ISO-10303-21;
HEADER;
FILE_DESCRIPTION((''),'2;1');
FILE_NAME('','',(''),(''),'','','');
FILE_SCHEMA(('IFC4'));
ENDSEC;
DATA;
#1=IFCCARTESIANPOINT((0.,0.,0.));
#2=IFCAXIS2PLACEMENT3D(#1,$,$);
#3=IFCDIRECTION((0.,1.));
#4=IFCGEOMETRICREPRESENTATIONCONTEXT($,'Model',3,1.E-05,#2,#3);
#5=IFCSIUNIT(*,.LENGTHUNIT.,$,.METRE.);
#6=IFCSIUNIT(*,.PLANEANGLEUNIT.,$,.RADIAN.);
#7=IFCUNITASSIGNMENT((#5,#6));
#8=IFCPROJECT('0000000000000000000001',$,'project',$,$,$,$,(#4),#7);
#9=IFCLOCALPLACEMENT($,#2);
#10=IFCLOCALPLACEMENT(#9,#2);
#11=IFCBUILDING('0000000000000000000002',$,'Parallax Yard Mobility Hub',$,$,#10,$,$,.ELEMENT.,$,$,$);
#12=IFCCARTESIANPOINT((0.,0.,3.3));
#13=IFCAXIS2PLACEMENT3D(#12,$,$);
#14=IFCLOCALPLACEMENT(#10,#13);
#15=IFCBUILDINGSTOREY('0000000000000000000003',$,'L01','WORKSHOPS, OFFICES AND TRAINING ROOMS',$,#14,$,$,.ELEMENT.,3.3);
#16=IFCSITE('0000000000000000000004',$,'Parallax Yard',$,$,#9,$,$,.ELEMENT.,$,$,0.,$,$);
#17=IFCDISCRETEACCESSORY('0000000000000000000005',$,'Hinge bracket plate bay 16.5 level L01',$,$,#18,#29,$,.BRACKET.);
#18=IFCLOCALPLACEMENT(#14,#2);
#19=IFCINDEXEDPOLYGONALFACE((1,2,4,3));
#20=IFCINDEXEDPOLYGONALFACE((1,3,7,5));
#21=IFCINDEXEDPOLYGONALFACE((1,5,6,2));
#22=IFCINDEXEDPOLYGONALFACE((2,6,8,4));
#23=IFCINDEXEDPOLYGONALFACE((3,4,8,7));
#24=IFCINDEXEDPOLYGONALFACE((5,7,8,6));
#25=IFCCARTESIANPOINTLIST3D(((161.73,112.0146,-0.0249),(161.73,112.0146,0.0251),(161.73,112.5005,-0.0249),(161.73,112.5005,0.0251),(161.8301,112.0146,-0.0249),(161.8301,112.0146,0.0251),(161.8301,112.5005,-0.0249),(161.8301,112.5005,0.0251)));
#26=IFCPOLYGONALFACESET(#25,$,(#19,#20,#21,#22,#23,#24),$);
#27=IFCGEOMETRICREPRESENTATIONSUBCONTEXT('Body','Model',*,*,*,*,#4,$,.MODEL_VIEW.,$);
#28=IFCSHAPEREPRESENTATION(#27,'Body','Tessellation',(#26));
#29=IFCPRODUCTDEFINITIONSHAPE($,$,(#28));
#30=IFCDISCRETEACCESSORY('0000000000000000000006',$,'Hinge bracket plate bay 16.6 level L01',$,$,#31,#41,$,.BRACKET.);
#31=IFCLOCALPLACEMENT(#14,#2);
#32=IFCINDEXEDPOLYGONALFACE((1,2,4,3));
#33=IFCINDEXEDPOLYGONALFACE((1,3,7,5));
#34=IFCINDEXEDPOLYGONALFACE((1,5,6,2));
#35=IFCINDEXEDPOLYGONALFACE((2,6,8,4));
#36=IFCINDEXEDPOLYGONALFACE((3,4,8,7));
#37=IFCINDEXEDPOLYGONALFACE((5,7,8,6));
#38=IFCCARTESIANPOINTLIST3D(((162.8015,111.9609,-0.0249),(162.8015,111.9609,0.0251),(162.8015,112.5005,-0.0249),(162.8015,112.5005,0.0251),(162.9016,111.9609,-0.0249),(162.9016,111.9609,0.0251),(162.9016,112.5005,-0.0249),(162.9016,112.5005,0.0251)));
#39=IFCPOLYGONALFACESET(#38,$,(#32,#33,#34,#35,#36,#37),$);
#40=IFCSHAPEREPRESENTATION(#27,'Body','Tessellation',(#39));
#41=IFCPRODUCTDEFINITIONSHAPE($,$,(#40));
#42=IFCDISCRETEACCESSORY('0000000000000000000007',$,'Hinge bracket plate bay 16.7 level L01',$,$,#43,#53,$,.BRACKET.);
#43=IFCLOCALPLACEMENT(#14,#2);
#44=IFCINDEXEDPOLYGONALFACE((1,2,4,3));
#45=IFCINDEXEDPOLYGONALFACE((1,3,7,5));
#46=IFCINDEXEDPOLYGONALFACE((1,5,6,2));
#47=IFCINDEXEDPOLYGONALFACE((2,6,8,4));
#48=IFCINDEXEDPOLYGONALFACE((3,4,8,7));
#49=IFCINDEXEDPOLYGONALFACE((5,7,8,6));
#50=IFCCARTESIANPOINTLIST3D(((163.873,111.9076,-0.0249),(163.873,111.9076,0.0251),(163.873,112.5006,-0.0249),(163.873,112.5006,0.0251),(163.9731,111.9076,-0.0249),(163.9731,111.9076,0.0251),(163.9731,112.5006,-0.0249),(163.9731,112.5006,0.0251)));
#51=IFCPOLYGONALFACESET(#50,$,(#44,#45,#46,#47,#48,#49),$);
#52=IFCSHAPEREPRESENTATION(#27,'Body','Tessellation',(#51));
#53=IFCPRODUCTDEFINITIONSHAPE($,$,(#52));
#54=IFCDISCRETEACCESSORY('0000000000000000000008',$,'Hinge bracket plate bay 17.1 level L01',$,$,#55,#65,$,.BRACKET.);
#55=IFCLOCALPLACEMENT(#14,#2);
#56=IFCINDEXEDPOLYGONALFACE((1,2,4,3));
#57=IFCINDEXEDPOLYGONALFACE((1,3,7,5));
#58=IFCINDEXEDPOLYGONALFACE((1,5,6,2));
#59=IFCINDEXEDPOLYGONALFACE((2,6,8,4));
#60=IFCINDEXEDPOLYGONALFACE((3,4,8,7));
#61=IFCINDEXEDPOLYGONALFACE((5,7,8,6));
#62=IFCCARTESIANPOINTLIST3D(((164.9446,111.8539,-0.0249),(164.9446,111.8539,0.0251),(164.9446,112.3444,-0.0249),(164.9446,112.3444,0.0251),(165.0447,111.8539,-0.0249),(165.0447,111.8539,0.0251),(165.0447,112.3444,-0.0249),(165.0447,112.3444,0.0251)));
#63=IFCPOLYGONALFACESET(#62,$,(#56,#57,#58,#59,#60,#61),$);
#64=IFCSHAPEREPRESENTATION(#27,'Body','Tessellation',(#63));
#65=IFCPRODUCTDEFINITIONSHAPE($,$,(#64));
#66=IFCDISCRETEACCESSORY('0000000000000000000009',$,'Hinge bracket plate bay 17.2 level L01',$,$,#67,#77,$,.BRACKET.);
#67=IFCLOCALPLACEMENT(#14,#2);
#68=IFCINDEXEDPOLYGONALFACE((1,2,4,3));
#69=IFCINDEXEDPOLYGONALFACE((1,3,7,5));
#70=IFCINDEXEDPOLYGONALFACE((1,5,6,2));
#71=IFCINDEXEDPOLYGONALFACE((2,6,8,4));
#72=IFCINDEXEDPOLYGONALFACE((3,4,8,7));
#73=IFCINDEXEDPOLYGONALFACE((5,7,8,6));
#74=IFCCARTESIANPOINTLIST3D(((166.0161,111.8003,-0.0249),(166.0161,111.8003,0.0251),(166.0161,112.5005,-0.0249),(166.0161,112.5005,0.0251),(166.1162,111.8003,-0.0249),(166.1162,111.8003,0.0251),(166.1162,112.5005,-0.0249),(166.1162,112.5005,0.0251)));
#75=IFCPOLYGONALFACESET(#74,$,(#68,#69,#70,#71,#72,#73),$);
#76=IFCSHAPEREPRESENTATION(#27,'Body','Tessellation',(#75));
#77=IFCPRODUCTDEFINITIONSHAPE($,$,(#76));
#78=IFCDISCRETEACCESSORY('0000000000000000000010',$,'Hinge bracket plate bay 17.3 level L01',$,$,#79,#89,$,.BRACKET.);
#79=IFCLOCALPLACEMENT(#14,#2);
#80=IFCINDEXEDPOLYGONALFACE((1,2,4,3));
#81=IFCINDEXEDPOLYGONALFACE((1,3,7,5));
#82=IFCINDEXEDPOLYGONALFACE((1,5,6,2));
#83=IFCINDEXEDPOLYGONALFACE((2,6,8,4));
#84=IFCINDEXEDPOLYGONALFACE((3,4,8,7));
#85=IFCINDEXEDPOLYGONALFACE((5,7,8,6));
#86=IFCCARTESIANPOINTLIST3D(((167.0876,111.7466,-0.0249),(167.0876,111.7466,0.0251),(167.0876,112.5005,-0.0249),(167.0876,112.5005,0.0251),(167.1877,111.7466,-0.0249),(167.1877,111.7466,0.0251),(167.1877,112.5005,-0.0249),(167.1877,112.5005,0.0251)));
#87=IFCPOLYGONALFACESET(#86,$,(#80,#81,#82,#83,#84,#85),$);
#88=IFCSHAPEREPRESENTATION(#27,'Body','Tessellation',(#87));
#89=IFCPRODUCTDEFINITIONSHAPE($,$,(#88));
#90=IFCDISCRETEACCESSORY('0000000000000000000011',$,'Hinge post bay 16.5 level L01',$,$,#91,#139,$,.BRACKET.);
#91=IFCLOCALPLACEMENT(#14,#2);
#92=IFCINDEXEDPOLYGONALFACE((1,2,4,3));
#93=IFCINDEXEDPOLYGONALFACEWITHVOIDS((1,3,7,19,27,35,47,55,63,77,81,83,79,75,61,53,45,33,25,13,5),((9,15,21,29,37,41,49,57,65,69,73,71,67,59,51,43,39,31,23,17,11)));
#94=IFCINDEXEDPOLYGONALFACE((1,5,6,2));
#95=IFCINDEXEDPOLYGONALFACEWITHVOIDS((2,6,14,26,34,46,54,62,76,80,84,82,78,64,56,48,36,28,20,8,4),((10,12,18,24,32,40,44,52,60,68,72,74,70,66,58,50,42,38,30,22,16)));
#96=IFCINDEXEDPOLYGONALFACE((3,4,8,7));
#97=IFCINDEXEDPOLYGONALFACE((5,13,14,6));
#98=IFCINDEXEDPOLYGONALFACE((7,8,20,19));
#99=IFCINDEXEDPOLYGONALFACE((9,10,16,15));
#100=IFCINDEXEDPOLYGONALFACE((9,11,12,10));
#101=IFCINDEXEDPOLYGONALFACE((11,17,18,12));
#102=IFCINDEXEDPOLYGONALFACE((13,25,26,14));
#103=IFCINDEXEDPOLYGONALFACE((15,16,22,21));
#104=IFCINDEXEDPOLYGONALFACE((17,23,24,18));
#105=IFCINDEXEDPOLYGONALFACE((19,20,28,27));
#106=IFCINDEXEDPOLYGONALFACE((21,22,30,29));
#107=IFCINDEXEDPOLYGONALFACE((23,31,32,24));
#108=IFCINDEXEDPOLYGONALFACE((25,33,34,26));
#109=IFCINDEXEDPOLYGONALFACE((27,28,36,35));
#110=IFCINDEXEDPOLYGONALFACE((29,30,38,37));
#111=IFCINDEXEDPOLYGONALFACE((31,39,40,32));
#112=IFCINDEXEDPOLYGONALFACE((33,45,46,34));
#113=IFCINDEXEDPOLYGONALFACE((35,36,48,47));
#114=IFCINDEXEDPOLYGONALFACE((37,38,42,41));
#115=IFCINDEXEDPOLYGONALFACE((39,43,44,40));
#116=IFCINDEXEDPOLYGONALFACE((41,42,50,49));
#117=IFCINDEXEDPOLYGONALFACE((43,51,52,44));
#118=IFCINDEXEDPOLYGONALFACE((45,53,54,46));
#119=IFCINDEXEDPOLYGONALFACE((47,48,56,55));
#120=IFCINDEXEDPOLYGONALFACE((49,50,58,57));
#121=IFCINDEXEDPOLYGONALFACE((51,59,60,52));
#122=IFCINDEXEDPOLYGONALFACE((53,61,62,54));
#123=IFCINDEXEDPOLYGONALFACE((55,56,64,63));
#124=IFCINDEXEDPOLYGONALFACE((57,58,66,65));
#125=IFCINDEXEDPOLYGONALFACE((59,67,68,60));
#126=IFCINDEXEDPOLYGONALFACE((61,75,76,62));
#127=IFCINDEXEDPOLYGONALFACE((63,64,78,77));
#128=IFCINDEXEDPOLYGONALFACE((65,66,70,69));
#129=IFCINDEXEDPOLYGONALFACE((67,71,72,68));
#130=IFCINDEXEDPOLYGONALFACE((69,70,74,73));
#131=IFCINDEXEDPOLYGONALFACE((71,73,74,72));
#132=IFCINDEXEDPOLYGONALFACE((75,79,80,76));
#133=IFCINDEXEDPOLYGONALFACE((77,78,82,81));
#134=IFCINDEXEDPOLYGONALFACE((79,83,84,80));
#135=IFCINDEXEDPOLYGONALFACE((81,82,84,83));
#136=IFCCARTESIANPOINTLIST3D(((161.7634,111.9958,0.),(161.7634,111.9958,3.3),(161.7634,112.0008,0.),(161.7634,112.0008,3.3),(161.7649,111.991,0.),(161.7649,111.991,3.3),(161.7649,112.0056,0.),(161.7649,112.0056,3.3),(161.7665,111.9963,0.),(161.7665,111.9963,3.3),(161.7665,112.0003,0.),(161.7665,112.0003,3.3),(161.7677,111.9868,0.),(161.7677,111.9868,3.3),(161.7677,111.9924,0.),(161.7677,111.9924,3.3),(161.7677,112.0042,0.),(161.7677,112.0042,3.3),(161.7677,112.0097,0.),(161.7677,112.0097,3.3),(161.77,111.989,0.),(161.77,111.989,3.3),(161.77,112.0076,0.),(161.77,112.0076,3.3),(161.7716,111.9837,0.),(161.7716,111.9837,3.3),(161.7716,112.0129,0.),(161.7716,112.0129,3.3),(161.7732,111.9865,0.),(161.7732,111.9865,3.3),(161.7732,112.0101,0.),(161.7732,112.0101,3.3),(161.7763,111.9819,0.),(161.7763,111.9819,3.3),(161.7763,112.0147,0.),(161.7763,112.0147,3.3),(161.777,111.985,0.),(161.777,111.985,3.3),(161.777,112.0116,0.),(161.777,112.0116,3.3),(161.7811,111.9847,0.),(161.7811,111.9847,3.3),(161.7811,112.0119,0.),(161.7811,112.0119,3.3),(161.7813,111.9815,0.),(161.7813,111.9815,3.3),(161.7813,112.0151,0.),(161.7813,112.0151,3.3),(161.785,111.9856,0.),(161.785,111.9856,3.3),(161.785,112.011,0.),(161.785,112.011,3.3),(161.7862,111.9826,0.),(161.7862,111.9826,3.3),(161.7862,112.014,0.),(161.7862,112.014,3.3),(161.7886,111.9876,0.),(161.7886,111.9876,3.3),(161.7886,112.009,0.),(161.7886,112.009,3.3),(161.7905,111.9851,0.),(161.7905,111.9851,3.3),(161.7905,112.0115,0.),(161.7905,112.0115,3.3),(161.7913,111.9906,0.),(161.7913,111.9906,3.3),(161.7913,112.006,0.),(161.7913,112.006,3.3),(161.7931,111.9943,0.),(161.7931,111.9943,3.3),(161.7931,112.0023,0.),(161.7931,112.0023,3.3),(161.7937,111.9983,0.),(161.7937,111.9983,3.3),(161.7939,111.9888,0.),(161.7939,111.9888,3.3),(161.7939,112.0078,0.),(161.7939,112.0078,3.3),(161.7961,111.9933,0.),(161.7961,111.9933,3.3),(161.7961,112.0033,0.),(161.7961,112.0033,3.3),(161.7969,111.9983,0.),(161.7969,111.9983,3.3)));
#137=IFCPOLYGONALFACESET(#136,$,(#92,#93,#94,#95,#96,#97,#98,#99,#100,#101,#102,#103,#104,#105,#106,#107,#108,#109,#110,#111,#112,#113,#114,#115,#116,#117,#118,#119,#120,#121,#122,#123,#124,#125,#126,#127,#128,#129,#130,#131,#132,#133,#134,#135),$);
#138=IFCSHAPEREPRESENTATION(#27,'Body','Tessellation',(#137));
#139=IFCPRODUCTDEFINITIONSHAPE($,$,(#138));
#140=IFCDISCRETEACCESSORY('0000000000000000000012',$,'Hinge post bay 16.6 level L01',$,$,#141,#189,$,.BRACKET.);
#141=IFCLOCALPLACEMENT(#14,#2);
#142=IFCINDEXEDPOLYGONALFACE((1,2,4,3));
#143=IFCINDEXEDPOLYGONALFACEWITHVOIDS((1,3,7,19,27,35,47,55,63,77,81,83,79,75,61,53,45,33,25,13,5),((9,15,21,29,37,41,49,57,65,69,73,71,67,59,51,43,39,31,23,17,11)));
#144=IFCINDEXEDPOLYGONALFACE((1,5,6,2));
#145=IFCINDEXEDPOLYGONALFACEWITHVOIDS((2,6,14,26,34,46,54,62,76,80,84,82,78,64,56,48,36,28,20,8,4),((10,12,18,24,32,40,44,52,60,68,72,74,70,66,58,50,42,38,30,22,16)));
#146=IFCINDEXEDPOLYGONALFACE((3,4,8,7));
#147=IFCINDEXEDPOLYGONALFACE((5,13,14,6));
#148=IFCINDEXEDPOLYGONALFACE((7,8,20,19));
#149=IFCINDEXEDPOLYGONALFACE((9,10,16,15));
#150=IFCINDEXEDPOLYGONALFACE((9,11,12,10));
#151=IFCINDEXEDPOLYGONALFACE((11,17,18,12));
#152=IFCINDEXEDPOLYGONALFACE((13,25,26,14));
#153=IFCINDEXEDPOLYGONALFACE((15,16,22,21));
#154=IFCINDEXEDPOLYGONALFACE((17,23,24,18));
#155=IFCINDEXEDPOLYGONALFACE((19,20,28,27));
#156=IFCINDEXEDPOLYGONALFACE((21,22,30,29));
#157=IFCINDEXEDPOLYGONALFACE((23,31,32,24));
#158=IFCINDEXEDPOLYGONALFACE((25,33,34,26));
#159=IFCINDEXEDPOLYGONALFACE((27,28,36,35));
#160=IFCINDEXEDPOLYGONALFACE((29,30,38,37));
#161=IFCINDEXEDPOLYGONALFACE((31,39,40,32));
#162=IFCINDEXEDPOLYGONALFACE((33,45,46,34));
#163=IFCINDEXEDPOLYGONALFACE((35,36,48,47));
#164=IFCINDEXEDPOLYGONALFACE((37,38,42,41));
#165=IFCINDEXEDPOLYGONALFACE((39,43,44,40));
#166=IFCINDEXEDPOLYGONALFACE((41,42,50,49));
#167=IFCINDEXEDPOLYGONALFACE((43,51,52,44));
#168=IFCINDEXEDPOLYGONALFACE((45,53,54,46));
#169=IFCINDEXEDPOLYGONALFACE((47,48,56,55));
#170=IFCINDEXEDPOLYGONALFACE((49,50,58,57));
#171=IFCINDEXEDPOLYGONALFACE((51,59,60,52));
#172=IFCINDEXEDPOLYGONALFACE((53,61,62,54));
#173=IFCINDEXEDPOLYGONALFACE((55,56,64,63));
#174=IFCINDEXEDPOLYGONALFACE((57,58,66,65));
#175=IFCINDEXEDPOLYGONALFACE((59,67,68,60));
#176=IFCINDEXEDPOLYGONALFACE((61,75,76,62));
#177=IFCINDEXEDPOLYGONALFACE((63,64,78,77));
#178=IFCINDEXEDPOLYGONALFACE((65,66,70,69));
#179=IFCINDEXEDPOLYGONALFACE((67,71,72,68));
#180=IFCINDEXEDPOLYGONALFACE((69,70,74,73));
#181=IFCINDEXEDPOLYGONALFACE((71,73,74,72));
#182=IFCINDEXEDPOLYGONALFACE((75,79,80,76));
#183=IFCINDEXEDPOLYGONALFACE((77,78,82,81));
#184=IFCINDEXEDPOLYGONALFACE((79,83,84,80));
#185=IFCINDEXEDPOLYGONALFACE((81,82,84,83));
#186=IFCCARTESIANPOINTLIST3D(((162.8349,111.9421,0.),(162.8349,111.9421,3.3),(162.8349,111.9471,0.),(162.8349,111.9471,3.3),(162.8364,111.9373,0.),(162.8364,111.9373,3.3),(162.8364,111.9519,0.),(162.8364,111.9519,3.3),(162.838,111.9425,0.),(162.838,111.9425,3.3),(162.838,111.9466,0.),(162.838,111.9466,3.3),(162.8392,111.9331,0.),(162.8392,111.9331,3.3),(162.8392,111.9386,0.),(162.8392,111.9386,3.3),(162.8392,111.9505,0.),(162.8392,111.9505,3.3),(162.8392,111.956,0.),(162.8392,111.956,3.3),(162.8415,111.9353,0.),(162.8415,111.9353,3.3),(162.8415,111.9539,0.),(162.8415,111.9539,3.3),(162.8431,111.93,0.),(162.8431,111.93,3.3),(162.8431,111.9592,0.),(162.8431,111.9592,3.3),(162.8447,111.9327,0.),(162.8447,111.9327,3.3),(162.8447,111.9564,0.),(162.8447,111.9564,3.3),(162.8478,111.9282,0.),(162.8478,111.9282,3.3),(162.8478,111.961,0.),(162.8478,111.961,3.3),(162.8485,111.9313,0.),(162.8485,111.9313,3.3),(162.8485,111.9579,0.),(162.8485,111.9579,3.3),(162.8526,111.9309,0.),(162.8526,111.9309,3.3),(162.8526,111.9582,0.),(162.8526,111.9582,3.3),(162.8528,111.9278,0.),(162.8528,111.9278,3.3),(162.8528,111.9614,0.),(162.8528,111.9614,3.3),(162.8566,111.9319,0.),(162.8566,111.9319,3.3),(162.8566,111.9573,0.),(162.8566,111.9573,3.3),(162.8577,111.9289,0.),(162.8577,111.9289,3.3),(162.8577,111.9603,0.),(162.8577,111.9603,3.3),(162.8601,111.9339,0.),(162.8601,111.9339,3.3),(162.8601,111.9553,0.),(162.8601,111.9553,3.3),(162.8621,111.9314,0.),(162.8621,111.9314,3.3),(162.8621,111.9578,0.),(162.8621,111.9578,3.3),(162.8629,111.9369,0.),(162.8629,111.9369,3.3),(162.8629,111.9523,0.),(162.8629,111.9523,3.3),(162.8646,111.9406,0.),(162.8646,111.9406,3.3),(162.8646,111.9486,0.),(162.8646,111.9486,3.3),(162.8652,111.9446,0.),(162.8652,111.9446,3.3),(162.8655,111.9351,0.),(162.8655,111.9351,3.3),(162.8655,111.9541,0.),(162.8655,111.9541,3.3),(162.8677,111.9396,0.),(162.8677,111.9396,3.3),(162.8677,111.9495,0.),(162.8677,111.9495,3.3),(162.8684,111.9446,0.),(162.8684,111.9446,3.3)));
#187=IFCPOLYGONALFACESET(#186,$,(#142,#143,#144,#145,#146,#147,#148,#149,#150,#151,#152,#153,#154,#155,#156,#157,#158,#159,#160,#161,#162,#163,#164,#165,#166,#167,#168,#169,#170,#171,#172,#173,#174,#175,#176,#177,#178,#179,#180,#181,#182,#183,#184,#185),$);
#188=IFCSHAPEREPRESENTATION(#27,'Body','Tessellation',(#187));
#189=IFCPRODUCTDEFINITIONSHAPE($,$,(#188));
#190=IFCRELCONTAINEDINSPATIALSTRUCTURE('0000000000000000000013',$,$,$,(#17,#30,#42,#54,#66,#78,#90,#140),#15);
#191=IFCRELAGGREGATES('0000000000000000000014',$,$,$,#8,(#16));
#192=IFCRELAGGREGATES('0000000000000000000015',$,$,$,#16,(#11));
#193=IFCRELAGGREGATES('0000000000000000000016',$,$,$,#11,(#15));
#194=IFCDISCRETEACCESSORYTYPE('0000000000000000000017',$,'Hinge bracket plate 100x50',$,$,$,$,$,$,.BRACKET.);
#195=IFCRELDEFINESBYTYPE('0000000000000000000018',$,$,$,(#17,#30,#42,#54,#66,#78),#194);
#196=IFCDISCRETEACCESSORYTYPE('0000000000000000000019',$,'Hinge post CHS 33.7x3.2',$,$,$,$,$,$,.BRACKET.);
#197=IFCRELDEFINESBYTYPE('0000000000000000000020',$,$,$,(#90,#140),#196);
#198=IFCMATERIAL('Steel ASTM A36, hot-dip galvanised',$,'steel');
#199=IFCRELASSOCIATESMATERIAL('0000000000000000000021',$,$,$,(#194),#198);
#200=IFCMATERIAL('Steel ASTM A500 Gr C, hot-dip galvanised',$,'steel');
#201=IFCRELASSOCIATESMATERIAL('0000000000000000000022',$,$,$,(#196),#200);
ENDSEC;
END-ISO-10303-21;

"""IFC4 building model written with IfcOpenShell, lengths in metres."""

from ifc_helpers import new_model, si_unit, direction, frame, origin, origin_2d, place, context, subcontext, project, spatial, rectangle, hollow_circle, extrude, material, material_profile, profile_set, type_object, element, save


model = new_model("IFC4")

# Units and contexts
model_context = context("Model", 3, precision=1e-05, world=origin(), true_north=direction((0.0, 1.0)))
body_context = subcontext(model_context, "Body", "Model", "MODEL_VIEW")
ifc_project = project(units=[si_unit("LENGTHUNIT", "METRE"), si_unit("PLANEANGLEUNIT", "RADIAN")], contexts=[model_context])

# Site, building, storey
site_placement = place(None, origin())
site = spatial("IfcSite", under=ifc_project, at=site_placement, Name="Parallax Yard", CompositionType="ELEMENT", RefElevation=0.0)
building_placement = place(site_placement, origin())
building = spatial("IfcBuilding", under=site, at=building_placement, Name="Parallax Yard Mobility Hub", CompositionType="ELEMENT")
storey_placement = place(building_placement, frame((0.0, 0.0, 3.3)))
storey = spatial("IfcBuildingStorey", under=building, at=storey_placement, Name="L01", Description="WORKSHOPS, OFFICES AND TRAINING ROOMS", CompositionType="ELEMENT", Elevation=3.3)

# Discrete accessories
ifc_material_1 = material(Name="Steel ASTM A36, hot-dip galvanised", Category="steel")
discrete_accessory_type_1 = type_object("IfcDiscreteAccessoryType", Name="Hinge bracket plate 100x50", PredefinedType="BRACKET", material=ifc_material_1)
discrete_accessory_1_placement = place(storey_placement, frame((161.78, 112.2576, -0.0249), z_axis=(0.0, 0.0, 1.0), x_axis=(0.0, -1.0, 0.0)))
element("IfcDiscreteAccessory", 1, at=discrete_accessory_1_placement, inside=storey, type_object=discrete_accessory_type_1, Name="Hinge bracket plate bay 16.5 level L01", PredefinedType="BRACKET", context=body_context, shape_type="SweptSolid", body=[
    extrude(rectangle(XDim=0.4858, YDim=0.1001, at=origin_2d()), origin(), (0.0, 0.0, 1.0), 0.05),
])
discrete_accessory_2_placement = place(storey_placement, frame((162.8516, 112.2307, -0.0249), z_axis=(0.0, 0.0, 1.0), x_axis=(0.0, -1.0, 0.0)))
element("IfcDiscreteAccessory", 2, at=discrete_accessory_2_placement, inside=storey, type_object=discrete_accessory_type_1, Name="Hinge bracket plate bay 16.6 level L01", PredefinedType="BRACKET", context=body_context, shape_type="SweptSolid", body=[
    extrude(rectangle(XDim=0.5396, YDim=0.1001, at=origin_2d()), origin(), (0.0, 0.0, 1.0), 0.05),
])
discrete_accessory_3_placement = place(storey_placement, frame((163.9231, 112.2041, -0.0249), z_axis=(0.0, 0.0, 1.0), x_axis=(0.0, -1.0, 0.0)))
element("IfcDiscreteAccessory", 3, at=discrete_accessory_3_placement, inside=storey, type_object=discrete_accessory_type_1, Name="Hinge bracket plate bay 16.7 level L01", PredefinedType="BRACKET", context=body_context, shape_type="SweptSolid", body=[
    extrude(rectangle(XDim=0.593, YDim=0.1001, at=origin_2d()), origin(), (0.0, 0.0, 1.0), 0.05),
])
discrete_accessory_4_placement = place(storey_placement, frame((164.9946, 112.0991, -0.0249), z_axis=(0.0, 0.0, 1.0), x_axis=(0.0, -1.0, 0.0)))
element("IfcDiscreteAccessory", 4, at=discrete_accessory_4_placement, inside=storey, type_object=discrete_accessory_type_1, Name="Hinge bracket plate bay 17.1 level L01", PredefinedType="BRACKET", context=body_context, shape_type="SweptSolid", body=[
    extrude(rectangle(XDim=0.4905, YDim=0.1001, at=origin_2d()), origin(), (0.0, 0.0, 1.0), 0.05),
])
discrete_accessory_5_placement = place(storey_placement, frame((166.0662, 112.1504, -0.0249), z_axis=(0.0, 0.0, 1.0), x_axis=(0.0, -1.0, 0.0)))
element("IfcDiscreteAccessory", 5, at=discrete_accessory_5_placement, inside=storey, type_object=discrete_accessory_type_1, Name="Hinge bracket plate bay 17.2 level L01", PredefinedType="BRACKET", context=body_context, shape_type="SweptSolid", body=[
    extrude(rectangle(XDim=0.7002, YDim=0.1001, at=origin_2d()), origin(), (0.0, 0.0, 1.0), 0.05),
])
discrete_accessory_6_placement = place(storey_placement, frame((167.1377, 112.1235, -0.0249), z_axis=(0.0, 0.0, 1.0), x_axis=(0.0, -1.0, 0.0)))
element("IfcDiscreteAccessory", 6, at=discrete_accessory_6_placement, inside=storey, type_object=discrete_accessory_type_1, Name="Hinge bracket plate bay 17.3 level L01", PredefinedType="BRACKET", context=body_context, shape_type="SweptSolid", body=[
    extrude(rectangle(XDim=0.7539, YDim=0.1001, at=origin_2d()), origin(), (0.0, 0.0, 1.0), 0.05),
])
ifc_material_2 = material(Name="Steel ASTM A500 Gr C, hot-dip galvanised", Category="steel")
ifc_material_profile_1 = material_profile(ifc_material_2, hollow_circle(Radius=0.0168, WallThickness=0.0032, at=origin_2d()), Name="CHS 33.7x3.2")
ifc_profile_set_1 = profile_set([ifc_material_profile_1], Name="Steel ASTM A500 Gr C, hot-dip galvanised")
discrete_accessory_type_2 = type_object("IfcDiscreteAccessoryType", Name="Hinge post CHS 33.7x3.2", PredefinedType="BRACKET", material=ifc_profile_set_1)
for number, where, z_axis, x_axis, name in (
    (7, (161.78, 111.9983, 0.0), (0.0, 0.0, 1.0), (1.0, 0.0, 0.0), "Hinge post bay 16.5 level L01"),
    (8, (162.8516, 111.9446, 0.0), (0.0, 0.0, 1.0), (1.0, 0.0, 0.0), "Hinge post bay 16.6 level L01"),
):
    element("IfcDiscreteAccessory", number, at=place(storey_placement, frame(where, z_axis=z_axis, x_axis=x_axis)), inside=storey, type_object=discrete_accessory_type_2, Name=name, PredefinedType="BRACKET", context=body_context, shape_type="SweptSolid", body=[
        extrude(hollow_circle(Radius=0.0168, WallThickness=0.0032, at=origin_2d()), origin(), (0.0, 0.0, 1.0), 3.3),
    ])

save(model, "model.ifc")
